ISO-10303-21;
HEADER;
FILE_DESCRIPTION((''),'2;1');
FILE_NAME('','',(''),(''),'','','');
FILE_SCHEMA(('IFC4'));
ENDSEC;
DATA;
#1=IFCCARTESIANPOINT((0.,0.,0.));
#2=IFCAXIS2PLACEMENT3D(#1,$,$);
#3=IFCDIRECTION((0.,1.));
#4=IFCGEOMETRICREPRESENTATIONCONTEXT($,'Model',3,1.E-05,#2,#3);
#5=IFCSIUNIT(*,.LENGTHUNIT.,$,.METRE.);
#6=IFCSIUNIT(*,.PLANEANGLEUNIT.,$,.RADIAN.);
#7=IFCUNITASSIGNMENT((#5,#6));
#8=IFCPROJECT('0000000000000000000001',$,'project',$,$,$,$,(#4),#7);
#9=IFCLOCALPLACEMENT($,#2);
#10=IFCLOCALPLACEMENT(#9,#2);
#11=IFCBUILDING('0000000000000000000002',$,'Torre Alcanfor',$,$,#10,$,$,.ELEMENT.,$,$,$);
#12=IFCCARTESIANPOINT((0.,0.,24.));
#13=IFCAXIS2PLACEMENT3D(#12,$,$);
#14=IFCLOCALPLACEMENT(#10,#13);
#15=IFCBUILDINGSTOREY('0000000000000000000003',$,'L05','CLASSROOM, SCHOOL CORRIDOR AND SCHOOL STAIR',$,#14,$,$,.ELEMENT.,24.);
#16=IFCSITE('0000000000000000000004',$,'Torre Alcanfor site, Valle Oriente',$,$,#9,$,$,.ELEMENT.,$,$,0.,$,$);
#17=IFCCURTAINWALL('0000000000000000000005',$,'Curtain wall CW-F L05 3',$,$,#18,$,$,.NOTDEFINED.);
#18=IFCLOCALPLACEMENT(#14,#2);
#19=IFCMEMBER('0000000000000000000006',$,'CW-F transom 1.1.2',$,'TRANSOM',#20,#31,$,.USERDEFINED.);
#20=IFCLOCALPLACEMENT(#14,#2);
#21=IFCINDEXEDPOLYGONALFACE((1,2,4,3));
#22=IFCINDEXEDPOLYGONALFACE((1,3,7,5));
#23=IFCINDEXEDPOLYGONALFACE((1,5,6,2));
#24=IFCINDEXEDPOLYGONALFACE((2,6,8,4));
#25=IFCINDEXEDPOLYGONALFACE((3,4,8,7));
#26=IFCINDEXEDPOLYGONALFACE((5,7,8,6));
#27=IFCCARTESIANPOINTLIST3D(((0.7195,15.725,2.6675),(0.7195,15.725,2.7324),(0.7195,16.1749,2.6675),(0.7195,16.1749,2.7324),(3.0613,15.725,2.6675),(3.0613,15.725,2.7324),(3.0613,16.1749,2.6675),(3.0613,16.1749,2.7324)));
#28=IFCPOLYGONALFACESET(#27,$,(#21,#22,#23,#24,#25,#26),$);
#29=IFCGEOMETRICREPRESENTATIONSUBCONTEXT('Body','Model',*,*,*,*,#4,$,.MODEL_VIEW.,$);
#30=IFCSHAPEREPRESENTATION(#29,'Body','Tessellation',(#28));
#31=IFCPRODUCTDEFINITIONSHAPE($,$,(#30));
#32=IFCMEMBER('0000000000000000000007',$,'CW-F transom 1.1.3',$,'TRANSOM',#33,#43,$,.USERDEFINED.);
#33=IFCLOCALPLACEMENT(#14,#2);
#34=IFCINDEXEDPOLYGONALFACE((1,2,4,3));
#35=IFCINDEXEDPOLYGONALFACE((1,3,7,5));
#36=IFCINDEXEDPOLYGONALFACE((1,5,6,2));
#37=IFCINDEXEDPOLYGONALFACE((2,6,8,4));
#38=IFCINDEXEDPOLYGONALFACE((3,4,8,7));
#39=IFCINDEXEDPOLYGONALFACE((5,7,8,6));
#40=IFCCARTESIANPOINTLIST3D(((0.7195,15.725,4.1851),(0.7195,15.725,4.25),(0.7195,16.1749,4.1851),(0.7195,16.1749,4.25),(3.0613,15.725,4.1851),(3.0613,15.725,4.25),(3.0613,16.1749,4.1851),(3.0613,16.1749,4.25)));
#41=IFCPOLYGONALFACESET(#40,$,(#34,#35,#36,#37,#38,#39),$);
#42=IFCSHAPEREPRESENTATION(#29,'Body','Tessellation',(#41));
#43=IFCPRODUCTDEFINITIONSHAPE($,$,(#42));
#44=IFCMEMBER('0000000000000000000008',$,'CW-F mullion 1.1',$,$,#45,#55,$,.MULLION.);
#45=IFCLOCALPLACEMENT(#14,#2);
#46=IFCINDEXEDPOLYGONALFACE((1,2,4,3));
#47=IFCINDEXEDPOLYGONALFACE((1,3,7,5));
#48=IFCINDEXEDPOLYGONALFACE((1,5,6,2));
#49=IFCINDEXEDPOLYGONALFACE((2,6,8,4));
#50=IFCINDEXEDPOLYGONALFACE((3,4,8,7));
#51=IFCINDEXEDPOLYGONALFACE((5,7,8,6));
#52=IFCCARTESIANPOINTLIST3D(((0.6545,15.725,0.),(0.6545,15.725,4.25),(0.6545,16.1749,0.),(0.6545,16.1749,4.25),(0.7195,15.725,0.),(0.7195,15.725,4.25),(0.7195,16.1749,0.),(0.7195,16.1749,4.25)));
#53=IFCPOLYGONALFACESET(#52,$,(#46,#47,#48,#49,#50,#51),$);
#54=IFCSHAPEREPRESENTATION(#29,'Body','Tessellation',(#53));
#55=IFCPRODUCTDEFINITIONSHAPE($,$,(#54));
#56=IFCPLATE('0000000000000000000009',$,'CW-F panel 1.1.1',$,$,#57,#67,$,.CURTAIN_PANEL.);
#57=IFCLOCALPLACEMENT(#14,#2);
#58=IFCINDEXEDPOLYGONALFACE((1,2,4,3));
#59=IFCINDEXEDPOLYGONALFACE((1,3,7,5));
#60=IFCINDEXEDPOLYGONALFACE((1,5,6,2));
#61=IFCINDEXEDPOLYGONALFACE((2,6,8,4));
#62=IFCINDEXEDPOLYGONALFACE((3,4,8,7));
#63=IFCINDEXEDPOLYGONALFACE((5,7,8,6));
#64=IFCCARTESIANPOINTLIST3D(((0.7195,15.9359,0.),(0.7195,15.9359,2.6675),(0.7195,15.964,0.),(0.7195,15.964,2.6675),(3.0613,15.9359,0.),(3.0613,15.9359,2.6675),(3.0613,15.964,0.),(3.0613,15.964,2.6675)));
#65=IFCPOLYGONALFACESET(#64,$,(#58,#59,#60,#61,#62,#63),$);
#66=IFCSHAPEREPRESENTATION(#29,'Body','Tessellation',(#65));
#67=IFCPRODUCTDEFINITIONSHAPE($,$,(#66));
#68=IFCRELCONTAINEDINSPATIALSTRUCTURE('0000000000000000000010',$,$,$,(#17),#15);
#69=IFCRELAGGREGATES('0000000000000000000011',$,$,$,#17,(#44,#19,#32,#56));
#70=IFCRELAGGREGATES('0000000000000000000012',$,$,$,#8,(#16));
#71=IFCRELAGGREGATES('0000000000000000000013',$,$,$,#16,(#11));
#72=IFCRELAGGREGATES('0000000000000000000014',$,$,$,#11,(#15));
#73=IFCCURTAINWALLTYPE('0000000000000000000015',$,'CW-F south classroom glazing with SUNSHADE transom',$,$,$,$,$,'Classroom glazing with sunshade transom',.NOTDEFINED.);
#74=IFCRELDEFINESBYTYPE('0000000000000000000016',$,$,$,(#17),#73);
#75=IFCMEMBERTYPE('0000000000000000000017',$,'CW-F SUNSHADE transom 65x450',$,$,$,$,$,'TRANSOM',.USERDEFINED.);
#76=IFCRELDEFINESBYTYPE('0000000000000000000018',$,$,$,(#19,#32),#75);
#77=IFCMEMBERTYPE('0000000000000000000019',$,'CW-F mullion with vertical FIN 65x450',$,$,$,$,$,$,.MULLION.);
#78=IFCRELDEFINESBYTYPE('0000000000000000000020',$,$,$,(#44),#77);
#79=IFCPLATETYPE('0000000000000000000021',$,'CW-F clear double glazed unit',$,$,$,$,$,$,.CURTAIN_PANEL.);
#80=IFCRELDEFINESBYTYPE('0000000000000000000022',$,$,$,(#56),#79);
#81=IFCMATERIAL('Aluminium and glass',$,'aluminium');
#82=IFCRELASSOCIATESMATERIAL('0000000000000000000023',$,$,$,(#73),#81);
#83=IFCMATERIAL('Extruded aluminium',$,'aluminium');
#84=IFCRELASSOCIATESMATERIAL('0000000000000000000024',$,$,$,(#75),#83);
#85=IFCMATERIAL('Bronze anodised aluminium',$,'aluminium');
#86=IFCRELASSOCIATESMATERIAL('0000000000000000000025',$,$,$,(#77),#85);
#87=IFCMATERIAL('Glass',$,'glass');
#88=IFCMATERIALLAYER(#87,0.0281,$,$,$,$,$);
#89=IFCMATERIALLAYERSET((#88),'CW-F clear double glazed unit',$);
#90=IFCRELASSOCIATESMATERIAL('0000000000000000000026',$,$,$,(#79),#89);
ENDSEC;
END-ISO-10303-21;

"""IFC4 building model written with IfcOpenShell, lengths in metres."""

from ifc_helpers import new_model, si_unit, direction, frame, origin, origin_2d, place, context, subcontext, project, spatial, rectangle, extrude, material, layer, layer_set, material_profile, profile_set, type_object, element, aggregate, save


model = new_model("IFC4")

# Units and contexts
model_context = context("Model", 3, precision=1e-05, world=origin(), true_north=direction((0.0, 1.0)))
body_context = subcontext(model_context, "Body", "Model", "MODEL_VIEW")
ifc_project = project(units=[si_unit("LENGTHUNIT", "METRE"), si_unit("PLANEANGLEUNIT", "RADIAN")], contexts=[model_context])

# Site, building, storey
site_placement = place(None, origin())
site = spatial("IfcSite", under=ifc_project, at=site_placement, Name="Torre Alcanfor site, Valle Oriente", CompositionType="ELEMENT", RefElevation=0.0)
building_placement = place(site_placement, origin())
building = spatial("IfcBuilding", under=site, at=building_placement, Name="Torre Alcanfor", CompositionType="ELEMENT")
storey_placement = place(building_placement, frame((0.0, 0.0, 24.0)))
storey = spatial("IfcBuildingStorey", under=building, at=storey_placement, Name="L05", Description="CLASSROOM, SCHOOL CORRIDOR AND SCHOOL STAIR", CompositionType="ELEMENT", Elevation=24.0)

# Curtain wall, members, plate
ifc_material_1 = material(Name="Aluminium and glass", Category="aluminium")
curtain_wall_type = type_object("IfcCurtainWallType", Name="CW-F south classroom glazing with SUNSHADE transom", ElementType="Classroom glazing with sunshade transom", PredefinedType="NOTDEFINED", material=ifc_material_1)
curtain_wall_placement = place(storey_placement, origin())
curtain_wall = element("IfcCurtainWall", 1, at=curtain_wall_placement, inside=storey, type_object=curtain_wall_type, Name="Curtain wall CW-F L05 3", PredefinedType="NOTDEFINED")
ifc_material_2 = material(Name="Extruded aluminium", Category="aluminium")
ifc_material_profile_1 = material_profile(ifc_material_2, rectangle(XDim=0.45, YDim=0.0649, at=origin_2d()), Name="CW-F transom 450x65")
ifc_profile_set_1 = profile_set([ifc_material_profile_1], Name="Extruded aluminium")
member_type_1 = type_object("IfcMemberType", Name="CW-F SUNSHADE transom 65x450", ElementType="TRANSOM", PredefinedType="USERDEFINED", material=ifc_profile_set_1)
member_1_placement = place(storey_placement, frame((0.7195, 15.95, 2.7), z_axis=(1.0, 0.0, 0.0), x_axis=(0.0, 1.0, 0.0)))
member_1 = element("IfcMember", 2, at=member_1_placement, type_object=member_type_1, Name="CW-F transom 1.1.2", ObjectType="TRANSOM", PredefinedType="USERDEFINED", context=body_context, shape_type="SweptSolid", body=[
    extrude(rectangle(XDim=0.45, YDim=0.0649, at=origin_2d()), origin(), (0.0, 0.0, 1.0), 2.3418),
])
member_2_placement = place(storey_placement, frame((0.7195, 15.95, 4.2175), z_axis=(1.0, 0.0, 0.0), x_axis=(0.0, 1.0, 0.0)))
member_2 = element("IfcMember", 3, at=member_2_placement, type_object=member_type_1, Name="CW-F transom 1.1.3", ObjectType="TRANSOM", PredefinedType="USERDEFINED", context=body_context, shape_type="SweptSolid", body=[
    extrude(rectangle(XDim=0.45, YDim=0.0649, at=origin_2d()), origin(), (0.0, 0.0, 1.0), 2.3418),
])
ifc_material_3 = material(Name="Bronze anodised aluminium", Category="aluminium")
ifc_material_profile_2 = material_profile(ifc_material_3, rectangle(XDim=0.45, YDim=0.0649, at=origin_2d()), Name="CW-F mullion 65x450")
ifc_profile_set_2 = profile_set([ifc_material_profile_2], Name="Bronze anodised aluminium")
member_type_2 = type_object("IfcMemberType", Name="CW-F mullion with vertical FIN 65x450", PredefinedType="MULLION", material=ifc_profile_set_2)
member_3_placement = place(storey_placement, frame((0.687, 15.95, 0.0), z_axis=(0.0, 0.0, 1.0), x_axis=(0.0, 1.0, 0.0)))
member_3 = element("IfcMember", 4, at=member_3_placement, type_object=member_type_2, Name="CW-F mullion 1.1", PredefinedType="MULLION", context=body_context, shape_type="SweptSolid", body=[
    extrude(rectangle(XDim=0.45, YDim=0.0649, at=origin_2d()), origin(), (0.0, 0.0, 1.0), 4.25),
])
ifc_material_4 = material(Name="Glass", Category="glass")
ifc_layer_1 = layer(ifc_material_4, 0.0281)
ifc_layer_set_1 = layer_set([ifc_layer_1], Name="CW-F clear double glazed unit")
plate_type = type_object("IfcPlateType", Name="CW-F clear double glazed unit", PredefinedType="CURTAIN_PANEL", material=ifc_layer_set_1)
plate_placement = place(storey_placement, frame((1.8904, 15.95, 0.0), z_axis=(0.0, 0.0, 1.0), x_axis=(1.0, 0.0, 0.0)))
plate = element("IfcPlate", 5, at=plate_placement, type_object=plate_type, Name="CW-F panel 1.1.1", PredefinedType="CURTAIN_PANEL", context=body_context, shape_type="SweptSolid", body=[
    extrude(rectangle(XDim=2.3418, YDim=0.0281, at=origin_2d()), origin(), (0.0, 0.0, 1.0), 2.6675),
])
aggregate(curtain_wall, [member_3, member_1, member_2, plate])

save(model, "model.ifc")
